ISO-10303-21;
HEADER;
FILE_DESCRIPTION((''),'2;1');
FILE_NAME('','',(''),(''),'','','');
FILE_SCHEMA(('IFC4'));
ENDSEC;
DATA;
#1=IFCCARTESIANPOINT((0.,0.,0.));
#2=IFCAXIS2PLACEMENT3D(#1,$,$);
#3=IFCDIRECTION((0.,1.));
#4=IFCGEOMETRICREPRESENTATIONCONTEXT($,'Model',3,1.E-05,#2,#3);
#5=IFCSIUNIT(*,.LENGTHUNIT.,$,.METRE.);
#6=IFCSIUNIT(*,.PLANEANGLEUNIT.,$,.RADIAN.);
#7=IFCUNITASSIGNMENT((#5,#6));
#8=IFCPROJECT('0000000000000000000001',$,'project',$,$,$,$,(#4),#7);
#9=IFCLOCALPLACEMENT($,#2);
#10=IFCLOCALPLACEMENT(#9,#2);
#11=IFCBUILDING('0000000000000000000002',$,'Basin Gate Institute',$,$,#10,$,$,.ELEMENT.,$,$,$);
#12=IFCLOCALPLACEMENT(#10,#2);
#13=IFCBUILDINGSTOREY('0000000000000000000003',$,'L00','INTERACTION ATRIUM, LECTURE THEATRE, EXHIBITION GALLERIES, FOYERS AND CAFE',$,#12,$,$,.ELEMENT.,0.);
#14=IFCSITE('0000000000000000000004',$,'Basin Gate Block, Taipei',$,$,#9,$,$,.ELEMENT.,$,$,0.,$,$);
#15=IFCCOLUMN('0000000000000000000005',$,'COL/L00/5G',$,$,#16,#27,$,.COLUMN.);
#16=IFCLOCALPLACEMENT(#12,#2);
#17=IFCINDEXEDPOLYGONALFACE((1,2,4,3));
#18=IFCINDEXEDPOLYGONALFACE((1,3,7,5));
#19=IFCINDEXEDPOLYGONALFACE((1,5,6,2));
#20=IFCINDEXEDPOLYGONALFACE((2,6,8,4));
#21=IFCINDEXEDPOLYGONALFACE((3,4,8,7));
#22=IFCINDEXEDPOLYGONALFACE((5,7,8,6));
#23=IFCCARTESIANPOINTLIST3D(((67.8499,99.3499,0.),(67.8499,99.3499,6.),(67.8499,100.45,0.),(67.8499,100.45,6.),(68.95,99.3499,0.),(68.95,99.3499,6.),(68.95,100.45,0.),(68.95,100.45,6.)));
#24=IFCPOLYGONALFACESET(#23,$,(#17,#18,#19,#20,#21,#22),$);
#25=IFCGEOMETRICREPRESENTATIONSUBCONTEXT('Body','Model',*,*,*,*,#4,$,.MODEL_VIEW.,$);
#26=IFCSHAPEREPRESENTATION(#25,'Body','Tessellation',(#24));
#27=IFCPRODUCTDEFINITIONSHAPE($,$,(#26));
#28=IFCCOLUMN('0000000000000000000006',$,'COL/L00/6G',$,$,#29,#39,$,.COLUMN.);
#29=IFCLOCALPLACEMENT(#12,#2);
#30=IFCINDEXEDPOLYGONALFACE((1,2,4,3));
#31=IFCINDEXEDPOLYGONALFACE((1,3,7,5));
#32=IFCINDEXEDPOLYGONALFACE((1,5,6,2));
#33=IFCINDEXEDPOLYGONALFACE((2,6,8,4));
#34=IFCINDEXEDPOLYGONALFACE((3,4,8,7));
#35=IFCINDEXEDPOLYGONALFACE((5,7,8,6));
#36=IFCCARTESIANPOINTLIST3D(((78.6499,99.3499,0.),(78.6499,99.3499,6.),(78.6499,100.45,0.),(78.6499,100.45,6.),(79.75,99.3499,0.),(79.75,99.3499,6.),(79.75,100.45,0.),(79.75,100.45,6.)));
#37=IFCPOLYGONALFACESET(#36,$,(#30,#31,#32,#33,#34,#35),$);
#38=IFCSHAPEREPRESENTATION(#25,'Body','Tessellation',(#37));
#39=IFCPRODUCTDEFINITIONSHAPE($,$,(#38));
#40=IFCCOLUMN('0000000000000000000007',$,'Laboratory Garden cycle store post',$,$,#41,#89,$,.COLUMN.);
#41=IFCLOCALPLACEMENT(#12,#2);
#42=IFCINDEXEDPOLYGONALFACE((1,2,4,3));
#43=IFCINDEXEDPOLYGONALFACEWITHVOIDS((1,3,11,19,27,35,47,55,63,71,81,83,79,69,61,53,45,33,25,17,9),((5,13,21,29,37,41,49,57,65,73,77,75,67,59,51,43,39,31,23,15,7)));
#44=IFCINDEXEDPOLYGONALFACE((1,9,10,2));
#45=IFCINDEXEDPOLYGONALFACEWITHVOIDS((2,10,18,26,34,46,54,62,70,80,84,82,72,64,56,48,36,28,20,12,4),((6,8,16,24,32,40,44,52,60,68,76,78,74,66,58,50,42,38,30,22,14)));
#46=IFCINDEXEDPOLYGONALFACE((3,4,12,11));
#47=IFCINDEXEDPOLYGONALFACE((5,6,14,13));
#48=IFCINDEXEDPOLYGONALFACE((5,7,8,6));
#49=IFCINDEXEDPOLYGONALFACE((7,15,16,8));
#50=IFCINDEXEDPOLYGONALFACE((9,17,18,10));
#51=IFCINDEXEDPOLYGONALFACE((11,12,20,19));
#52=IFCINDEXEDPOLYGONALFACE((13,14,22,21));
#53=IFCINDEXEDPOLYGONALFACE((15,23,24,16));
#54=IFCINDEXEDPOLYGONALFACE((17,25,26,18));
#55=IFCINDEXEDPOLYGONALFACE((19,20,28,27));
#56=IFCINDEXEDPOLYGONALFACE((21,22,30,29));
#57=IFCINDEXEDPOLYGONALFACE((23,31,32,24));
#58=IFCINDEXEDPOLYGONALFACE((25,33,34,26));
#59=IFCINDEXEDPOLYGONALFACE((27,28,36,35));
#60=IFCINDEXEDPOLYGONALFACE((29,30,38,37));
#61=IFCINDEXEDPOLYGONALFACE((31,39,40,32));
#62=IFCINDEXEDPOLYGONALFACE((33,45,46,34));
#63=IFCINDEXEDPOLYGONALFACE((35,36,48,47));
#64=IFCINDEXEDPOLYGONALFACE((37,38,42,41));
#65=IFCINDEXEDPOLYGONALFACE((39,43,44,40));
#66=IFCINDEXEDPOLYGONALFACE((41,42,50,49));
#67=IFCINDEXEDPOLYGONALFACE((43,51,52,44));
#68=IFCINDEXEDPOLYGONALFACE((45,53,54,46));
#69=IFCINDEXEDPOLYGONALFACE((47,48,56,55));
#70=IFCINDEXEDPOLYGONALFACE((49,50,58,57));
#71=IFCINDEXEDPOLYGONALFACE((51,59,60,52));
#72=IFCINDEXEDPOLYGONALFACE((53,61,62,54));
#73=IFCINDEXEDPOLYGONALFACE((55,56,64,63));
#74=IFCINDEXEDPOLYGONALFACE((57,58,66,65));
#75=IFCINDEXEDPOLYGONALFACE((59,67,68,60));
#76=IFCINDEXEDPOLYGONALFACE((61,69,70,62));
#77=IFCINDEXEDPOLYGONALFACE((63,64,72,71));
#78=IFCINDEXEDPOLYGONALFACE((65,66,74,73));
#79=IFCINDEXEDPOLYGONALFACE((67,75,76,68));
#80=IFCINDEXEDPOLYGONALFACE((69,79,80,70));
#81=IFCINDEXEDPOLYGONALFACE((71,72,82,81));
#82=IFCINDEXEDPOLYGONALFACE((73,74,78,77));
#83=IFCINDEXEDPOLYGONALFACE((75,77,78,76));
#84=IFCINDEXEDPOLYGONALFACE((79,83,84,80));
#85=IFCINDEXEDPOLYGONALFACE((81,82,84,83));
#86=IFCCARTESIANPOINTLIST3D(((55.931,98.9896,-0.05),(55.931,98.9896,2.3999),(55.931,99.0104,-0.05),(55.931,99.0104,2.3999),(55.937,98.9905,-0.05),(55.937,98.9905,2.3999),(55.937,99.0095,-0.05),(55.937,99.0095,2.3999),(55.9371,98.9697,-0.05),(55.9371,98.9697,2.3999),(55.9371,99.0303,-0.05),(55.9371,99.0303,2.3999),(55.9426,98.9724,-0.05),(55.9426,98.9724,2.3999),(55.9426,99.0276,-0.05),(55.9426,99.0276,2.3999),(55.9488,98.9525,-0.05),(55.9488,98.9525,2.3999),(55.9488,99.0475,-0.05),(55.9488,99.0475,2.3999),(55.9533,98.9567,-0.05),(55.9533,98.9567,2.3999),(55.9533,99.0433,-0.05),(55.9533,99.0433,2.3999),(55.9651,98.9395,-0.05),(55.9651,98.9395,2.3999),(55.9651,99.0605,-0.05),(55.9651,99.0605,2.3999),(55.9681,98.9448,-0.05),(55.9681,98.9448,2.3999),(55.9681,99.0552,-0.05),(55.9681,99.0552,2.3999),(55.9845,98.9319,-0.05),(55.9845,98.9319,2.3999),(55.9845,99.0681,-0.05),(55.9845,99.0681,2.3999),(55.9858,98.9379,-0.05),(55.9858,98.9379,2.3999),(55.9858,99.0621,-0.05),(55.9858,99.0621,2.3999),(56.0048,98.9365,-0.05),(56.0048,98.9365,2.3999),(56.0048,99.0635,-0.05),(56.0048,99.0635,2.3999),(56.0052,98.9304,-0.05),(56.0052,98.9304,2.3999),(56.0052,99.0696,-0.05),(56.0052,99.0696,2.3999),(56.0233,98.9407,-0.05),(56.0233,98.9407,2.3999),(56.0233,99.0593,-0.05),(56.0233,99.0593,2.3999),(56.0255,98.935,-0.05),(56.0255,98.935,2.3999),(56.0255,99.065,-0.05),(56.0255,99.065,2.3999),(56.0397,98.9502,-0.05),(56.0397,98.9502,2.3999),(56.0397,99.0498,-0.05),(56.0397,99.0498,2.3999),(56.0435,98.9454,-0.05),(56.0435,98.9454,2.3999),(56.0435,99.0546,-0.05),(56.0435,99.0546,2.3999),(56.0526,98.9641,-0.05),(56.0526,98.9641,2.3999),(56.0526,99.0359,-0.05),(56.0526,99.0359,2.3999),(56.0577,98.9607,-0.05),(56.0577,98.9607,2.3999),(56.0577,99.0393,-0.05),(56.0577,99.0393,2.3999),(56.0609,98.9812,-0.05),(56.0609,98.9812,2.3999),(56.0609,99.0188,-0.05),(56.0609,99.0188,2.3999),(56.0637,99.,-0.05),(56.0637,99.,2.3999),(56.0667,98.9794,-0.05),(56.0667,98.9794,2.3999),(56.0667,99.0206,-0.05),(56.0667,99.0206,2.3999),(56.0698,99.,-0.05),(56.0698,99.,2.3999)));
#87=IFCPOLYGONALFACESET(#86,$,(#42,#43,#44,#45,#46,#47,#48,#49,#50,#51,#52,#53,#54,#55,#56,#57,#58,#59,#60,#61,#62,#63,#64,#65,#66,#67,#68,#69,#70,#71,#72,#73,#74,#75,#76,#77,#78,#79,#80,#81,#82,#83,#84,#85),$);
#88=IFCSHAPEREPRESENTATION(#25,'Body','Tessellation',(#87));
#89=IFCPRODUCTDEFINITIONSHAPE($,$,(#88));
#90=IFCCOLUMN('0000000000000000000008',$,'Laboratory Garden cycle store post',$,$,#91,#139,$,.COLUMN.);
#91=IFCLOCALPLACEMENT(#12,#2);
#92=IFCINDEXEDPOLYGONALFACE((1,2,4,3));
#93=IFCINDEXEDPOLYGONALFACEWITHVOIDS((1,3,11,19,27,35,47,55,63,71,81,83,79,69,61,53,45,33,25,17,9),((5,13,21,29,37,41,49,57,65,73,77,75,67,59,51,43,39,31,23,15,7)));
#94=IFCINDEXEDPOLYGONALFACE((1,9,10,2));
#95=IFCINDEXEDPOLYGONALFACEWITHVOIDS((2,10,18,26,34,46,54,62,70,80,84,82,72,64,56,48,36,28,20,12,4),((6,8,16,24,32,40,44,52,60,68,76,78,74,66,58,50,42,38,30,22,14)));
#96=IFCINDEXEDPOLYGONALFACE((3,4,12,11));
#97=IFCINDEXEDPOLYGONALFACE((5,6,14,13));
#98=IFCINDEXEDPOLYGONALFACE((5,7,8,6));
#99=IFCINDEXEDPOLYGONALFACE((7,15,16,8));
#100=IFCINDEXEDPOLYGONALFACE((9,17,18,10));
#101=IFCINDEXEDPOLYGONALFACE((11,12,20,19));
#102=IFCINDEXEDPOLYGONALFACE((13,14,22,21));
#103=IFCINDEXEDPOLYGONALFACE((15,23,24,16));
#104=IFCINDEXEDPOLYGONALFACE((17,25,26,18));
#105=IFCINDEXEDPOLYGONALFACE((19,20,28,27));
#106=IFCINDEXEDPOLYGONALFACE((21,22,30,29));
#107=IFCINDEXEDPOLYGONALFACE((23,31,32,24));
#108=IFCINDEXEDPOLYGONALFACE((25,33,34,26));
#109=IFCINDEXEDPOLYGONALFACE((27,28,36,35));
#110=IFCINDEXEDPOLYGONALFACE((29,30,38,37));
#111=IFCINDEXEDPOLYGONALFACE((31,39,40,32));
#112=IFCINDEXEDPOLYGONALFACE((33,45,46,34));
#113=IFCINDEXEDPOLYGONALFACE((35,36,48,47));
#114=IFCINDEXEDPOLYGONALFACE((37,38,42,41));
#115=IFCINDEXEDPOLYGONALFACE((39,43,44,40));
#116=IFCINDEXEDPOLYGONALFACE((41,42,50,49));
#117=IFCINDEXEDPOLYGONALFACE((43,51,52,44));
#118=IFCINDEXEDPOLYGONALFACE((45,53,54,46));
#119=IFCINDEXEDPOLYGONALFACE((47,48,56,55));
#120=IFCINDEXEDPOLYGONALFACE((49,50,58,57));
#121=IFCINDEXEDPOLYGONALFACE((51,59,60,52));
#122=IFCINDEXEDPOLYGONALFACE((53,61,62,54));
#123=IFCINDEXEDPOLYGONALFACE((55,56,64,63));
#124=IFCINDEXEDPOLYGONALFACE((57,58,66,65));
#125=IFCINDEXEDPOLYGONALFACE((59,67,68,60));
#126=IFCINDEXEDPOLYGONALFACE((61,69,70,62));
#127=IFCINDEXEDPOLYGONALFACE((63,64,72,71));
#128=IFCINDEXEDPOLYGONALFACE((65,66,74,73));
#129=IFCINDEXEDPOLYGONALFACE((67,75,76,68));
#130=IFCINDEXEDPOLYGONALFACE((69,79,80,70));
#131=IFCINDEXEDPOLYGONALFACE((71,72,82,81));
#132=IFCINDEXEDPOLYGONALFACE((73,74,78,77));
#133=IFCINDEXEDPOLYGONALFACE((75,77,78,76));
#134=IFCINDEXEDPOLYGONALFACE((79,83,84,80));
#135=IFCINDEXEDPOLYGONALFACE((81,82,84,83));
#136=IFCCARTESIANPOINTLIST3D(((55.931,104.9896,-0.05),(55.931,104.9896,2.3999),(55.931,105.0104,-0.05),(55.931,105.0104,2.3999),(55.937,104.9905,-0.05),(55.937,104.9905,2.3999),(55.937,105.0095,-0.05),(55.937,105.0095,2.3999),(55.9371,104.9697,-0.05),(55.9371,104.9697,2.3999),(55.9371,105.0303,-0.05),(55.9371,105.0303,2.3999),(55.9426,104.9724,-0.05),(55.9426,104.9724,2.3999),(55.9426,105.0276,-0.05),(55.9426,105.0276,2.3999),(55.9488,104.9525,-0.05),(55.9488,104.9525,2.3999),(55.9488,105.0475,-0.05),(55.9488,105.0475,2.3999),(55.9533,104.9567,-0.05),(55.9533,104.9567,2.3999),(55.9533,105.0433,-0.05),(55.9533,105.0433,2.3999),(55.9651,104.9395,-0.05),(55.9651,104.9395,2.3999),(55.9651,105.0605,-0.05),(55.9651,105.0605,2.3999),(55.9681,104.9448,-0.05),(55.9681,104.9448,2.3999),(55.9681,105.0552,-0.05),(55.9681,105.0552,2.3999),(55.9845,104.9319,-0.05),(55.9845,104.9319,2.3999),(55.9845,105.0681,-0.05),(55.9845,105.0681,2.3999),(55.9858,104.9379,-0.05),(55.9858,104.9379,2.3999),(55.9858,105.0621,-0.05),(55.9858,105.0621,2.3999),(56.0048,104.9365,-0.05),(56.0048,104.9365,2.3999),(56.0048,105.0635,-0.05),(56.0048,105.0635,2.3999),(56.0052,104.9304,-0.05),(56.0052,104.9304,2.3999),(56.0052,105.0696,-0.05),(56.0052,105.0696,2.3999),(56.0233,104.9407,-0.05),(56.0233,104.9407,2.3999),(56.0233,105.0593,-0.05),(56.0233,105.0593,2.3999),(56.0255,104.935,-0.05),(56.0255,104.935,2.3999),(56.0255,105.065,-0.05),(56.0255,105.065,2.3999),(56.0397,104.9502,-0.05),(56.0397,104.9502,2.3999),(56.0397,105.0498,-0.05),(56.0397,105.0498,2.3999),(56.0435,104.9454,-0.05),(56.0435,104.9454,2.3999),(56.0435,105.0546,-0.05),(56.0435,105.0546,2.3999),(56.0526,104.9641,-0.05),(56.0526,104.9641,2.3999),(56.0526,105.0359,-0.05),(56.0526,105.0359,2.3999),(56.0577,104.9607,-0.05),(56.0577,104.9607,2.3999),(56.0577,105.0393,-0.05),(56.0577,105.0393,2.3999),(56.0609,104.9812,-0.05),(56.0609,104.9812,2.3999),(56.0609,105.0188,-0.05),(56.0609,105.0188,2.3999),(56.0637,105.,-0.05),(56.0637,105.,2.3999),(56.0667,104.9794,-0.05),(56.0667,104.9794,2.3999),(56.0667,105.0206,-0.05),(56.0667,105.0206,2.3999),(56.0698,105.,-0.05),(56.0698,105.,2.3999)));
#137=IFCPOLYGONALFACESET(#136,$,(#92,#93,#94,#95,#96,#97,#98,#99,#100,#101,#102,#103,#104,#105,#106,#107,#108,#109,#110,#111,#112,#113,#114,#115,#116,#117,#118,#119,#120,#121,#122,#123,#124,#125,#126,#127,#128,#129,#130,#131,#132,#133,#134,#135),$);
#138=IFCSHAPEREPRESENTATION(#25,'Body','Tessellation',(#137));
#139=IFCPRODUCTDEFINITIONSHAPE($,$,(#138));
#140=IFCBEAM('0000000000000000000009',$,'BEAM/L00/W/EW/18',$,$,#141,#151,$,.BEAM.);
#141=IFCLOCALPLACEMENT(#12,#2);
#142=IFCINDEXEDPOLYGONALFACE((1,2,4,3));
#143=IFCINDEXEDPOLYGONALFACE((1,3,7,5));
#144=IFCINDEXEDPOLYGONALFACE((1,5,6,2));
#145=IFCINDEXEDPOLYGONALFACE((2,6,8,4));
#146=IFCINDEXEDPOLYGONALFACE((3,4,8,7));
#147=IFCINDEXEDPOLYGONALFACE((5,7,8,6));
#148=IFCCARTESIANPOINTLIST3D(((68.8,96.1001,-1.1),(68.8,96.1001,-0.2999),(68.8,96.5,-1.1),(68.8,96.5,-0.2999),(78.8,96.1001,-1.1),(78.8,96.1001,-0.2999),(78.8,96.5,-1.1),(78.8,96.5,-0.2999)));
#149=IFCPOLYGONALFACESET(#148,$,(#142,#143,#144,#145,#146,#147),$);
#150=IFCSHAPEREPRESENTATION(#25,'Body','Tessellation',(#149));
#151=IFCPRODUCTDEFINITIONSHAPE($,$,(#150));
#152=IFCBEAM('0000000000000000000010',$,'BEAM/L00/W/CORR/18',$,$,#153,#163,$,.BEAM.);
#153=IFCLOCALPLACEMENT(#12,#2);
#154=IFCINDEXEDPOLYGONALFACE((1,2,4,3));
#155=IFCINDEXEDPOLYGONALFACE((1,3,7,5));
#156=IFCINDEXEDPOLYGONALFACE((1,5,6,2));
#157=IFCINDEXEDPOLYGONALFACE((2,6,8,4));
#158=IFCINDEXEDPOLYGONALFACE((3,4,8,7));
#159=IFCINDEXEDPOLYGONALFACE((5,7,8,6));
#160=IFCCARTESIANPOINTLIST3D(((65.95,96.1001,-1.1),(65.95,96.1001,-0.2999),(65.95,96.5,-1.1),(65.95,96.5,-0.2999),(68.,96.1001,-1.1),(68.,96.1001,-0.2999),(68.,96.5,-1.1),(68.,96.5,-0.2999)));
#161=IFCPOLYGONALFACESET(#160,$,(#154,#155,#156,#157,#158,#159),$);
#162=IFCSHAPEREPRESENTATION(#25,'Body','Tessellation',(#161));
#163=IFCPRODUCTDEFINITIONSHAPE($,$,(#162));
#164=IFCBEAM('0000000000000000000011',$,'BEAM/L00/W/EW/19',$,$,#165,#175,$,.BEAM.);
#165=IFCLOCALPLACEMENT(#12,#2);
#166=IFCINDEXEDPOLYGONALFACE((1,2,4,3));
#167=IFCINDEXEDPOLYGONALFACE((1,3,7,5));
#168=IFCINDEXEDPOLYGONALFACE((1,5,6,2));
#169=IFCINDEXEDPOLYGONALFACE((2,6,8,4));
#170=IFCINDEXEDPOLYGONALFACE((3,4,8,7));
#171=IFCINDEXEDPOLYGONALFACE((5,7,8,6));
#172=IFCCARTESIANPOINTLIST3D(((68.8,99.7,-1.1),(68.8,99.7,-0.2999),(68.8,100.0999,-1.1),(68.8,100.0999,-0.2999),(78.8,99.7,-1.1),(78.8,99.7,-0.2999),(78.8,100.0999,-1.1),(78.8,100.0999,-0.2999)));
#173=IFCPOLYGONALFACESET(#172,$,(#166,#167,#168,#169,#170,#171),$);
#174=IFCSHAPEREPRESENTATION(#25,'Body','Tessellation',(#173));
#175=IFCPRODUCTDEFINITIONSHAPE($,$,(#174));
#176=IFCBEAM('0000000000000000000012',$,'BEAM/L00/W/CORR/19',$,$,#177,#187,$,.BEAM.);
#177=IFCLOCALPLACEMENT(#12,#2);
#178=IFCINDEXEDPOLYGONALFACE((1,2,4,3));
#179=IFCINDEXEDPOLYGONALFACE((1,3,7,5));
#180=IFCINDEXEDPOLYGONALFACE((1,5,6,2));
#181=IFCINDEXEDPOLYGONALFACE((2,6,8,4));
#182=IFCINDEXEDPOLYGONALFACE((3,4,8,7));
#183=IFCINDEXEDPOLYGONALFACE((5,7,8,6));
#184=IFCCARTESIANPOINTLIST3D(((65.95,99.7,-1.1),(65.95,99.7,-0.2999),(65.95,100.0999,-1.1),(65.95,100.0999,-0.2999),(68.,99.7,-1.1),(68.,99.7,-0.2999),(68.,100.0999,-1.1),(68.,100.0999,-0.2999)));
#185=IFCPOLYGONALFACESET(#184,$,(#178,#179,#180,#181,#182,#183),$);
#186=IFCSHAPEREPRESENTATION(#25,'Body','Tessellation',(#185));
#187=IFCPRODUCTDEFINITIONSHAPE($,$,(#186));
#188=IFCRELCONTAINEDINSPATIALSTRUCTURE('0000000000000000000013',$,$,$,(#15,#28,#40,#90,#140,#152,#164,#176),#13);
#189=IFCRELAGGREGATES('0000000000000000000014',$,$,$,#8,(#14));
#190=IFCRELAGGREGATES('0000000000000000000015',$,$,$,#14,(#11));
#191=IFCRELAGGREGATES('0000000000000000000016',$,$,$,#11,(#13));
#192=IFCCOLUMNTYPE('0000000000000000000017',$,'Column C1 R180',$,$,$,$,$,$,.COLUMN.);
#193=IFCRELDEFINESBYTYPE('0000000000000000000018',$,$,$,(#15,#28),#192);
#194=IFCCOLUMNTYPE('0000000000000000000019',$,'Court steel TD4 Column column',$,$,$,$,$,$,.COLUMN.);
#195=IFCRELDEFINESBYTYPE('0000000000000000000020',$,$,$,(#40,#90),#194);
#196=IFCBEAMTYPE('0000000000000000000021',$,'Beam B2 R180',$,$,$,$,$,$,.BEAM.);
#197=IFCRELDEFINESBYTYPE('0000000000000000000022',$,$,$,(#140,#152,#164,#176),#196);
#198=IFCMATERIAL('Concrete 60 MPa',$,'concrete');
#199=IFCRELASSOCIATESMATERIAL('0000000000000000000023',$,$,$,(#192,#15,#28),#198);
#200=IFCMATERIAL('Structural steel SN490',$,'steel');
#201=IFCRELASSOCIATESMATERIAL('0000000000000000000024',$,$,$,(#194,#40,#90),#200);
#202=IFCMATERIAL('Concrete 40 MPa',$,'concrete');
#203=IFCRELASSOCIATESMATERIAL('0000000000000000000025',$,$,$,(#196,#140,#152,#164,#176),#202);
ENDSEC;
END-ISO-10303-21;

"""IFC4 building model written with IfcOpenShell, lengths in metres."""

from ifc_helpers import new_model, si_unit, direction, frame, origin, origin_2d, place, context, subcontext, project, spatial, rectangle, hollow_circle, extrude, material, material_profile, profile_set, type_object, element, save


model = new_model("IFC4")

# Units and contexts
model_context = context("Model", 3, precision=1e-05, world=origin(), true_north=direction((0.0, 1.0)))
body_context = subcontext(model_context, "Body", "Model", "MODEL_VIEW")
ifc_project = project(units=[si_unit("LENGTHUNIT", "METRE"), si_unit("PLANEANGLEUNIT", "RADIAN")], contexts=[model_context])

# Site, building, storey
site_placement = place(None, origin())
site = spatial("IfcSite", under=ifc_project, at=site_placement, Name="Basin Gate Block, Taipei", CompositionType="ELEMENT", RefElevation=0.0)
building_placement = place(site_placement, origin())
building = spatial("IfcBuilding", under=site, at=building_placement, Name="Basin Gate Institute", CompositionType="ELEMENT")
storey_placement = place(building_placement, origin())
storey = spatial("IfcBuildingStorey", under=building, at=storey_placement, Name="L00", Description="INTERACTION ATRIUM, LECTURE THEATRE, EXHIBITION GALLERIES, FOYERS AND CAFE", CompositionType="ELEMENT", Elevation=0.0)

# Columns
ifc_material_1 = material(Name="Concrete 60 MPa", Category="concrete")
ifc_material_profile_1 = material_profile(ifc_material_1, rectangle(XDim=1.1001, YDim=1.1001, at=origin_2d()), Name="Column C1 1100 x 1100")
ifc_profile_set_1 = profile_set([ifc_material_profile_1], Name="Concrete 60 MPa")
column_type_1 = type_object("IfcColumnType", Name="Column C1 R180", PredefinedType="COLUMN", material=ifc_profile_set_1)
for number, where, z_axis, x_axis, name in (
    (1, (68.3999, 99.8999, 0.0), (0.0, 0.0, 1.0), (1.0, 0.0, 0.0), "COL/L00/5G"),
    (2, (79.2, 99.8999, 0.0), (0.0, 0.0, 1.0), (1.0, 0.0, 0.0), "COL/L00/6G"),
):
    element("IfcColumn", number, at=place(storey_placement, frame(where, z_axis=z_axis, x_axis=x_axis)), inside=storey, type_object=column_type_1, material=ifc_profile_set_1, Name=name, PredefinedType="COLUMN", context=body_context, shape_type="SweptSolid", body=[
        extrude(rectangle(XDim=1.1001, YDim=1.1001, at=origin_2d()), origin(), (0.0, 0.0, 1.0), 6.0),
    ])
ifc_material_2 = material(Name="Structural steel SN490", Category="steel")
ifc_material_profile_2 = material_profile(ifc_material_2, hollow_circle(Radius=0.0698, WallThickness=0.0061, at=origin_2d()), Name="CHS139x6")
ifc_profile_set_2 = profile_set([ifc_material_profile_2], Name="Structural steel SN490")
column_type_2 = type_object("IfcColumnType", Name="Court steel TD4 Column column", PredefinedType="COLUMN", material=ifc_profile_set_2)
for number, where, z_axis, x_axis, name in (
    (3, (56.0, 99.0, -0.05), (0.0, 0.0, 1.0), (1.0, 0.0, 0.0), "Laboratory Garden cycle store post"),
    (4, (56.0, 105.0, -0.05), (0.0, 0.0, 1.0), (1.0, 0.0, 0.0), "Laboratory Garden cycle store post"),
):
    element("IfcColumn", number, at=place(storey_placement, frame(where, z_axis=z_axis, x_axis=x_axis)), inside=storey, type_object=column_type_2, material=ifc_profile_set_2, Name=name, PredefinedType="COLUMN", context=body_context, shape_type="SweptSolid", body=[
        extrude(hollow_circle(Radius=0.0698, WallThickness=0.0061, at=origin_2d()), origin(), (0.0, 0.0, 1.0), 2.45),
    ])

# Beams
ifc_material_3 = material(Name="Concrete 40 MPa", Category="concrete")
ifc_material_profile_3 = material_profile(ifc_material_3, rectangle(XDim=0.3999, YDim=0.8, at=origin_2d()), Name="Beam B2 400 x 800")
ifc_profile_set_3 = profile_set([ifc_material_profile_3], Name="Concrete 40 MPa")
beam_type_1 = type_object("IfcBeamType", Name="Beam B2 R180", PredefinedType="BEAM", material=ifc_profile_set_3)
beam_1_placement = place(storey_placement, frame((68.8, 96.3, -0.7), z_axis=(1.0, 0.0, 0.0), x_axis=(0.0, 1.0, 0.0)))
element("IfcBeam", 5, at=beam_1_placement, inside=storey, type_object=beam_type_1, material=ifc_profile_set_3, Name="BEAM/L00/W/EW/18", PredefinedType="BEAM", context=body_context, shape_type="SweptSolid", body=[
    extrude(rectangle(XDim=0.3999, YDim=0.8, at=origin_2d()), origin(), (0.0, 0.0, 1.0), 10.0),
])
beam_2_placement = place(storey_placement, frame((65.95, 96.3, -0.7), z_axis=(1.0, 0.0, 0.0), x_axis=(0.0, 1.0, 0.0)))
element("IfcBeam", 6, at=beam_2_placement, inside=storey, type_object=beam_type_1, material=ifc_profile_set_3, Name="BEAM/L00/W/CORR/18", PredefinedType="BEAM", context=body_context, shape_type="SweptSolid", body=[
    extrude(rectangle(XDim=0.3999, YDim=0.8, at=origin_2d()), origin(), (0.0, 0.0, 1.0), 2.05),
])
beam_3_placement = place(storey_placement, frame((68.8, 99.8999, -0.7), z_axis=(1.0, 0.0, 0.0), x_axis=(0.0, 1.0, 0.0)))
element("IfcBeam", 7, at=beam_3_placement, inside=storey, type_object=beam_type_1, material=ifc_profile_set_3, Name="BEAM/L00/W/EW/19", PredefinedType="BEAM", context=body_context, shape_type="SweptSolid", body=[
    extrude(rectangle(XDim=0.3999, YDim=0.8, at=origin_2d()), origin(), (0.0, 0.0, 1.0), 10.0),
])
beam_4_placement = place(storey_placement, frame((65.95, 99.8999, -0.7), z_axis=(1.0, 0.0, 0.0), x_axis=(0.0, 1.0, 0.0)))
element("IfcBeam", 8, at=beam_4_placement, inside=storey, type_object=beam_type_1, material=ifc_profile_set_3, Name="BEAM/L00/W/CORR/19", PredefinedType="BEAM", context=body_context, shape_type="SweptSolid", body=[
    extrude(rectangle(XDim=0.3999, YDim=0.8, at=origin_2d()), origin(), (0.0, 0.0, 1.0), 2.05),
])

save(model, "model.ifc")
